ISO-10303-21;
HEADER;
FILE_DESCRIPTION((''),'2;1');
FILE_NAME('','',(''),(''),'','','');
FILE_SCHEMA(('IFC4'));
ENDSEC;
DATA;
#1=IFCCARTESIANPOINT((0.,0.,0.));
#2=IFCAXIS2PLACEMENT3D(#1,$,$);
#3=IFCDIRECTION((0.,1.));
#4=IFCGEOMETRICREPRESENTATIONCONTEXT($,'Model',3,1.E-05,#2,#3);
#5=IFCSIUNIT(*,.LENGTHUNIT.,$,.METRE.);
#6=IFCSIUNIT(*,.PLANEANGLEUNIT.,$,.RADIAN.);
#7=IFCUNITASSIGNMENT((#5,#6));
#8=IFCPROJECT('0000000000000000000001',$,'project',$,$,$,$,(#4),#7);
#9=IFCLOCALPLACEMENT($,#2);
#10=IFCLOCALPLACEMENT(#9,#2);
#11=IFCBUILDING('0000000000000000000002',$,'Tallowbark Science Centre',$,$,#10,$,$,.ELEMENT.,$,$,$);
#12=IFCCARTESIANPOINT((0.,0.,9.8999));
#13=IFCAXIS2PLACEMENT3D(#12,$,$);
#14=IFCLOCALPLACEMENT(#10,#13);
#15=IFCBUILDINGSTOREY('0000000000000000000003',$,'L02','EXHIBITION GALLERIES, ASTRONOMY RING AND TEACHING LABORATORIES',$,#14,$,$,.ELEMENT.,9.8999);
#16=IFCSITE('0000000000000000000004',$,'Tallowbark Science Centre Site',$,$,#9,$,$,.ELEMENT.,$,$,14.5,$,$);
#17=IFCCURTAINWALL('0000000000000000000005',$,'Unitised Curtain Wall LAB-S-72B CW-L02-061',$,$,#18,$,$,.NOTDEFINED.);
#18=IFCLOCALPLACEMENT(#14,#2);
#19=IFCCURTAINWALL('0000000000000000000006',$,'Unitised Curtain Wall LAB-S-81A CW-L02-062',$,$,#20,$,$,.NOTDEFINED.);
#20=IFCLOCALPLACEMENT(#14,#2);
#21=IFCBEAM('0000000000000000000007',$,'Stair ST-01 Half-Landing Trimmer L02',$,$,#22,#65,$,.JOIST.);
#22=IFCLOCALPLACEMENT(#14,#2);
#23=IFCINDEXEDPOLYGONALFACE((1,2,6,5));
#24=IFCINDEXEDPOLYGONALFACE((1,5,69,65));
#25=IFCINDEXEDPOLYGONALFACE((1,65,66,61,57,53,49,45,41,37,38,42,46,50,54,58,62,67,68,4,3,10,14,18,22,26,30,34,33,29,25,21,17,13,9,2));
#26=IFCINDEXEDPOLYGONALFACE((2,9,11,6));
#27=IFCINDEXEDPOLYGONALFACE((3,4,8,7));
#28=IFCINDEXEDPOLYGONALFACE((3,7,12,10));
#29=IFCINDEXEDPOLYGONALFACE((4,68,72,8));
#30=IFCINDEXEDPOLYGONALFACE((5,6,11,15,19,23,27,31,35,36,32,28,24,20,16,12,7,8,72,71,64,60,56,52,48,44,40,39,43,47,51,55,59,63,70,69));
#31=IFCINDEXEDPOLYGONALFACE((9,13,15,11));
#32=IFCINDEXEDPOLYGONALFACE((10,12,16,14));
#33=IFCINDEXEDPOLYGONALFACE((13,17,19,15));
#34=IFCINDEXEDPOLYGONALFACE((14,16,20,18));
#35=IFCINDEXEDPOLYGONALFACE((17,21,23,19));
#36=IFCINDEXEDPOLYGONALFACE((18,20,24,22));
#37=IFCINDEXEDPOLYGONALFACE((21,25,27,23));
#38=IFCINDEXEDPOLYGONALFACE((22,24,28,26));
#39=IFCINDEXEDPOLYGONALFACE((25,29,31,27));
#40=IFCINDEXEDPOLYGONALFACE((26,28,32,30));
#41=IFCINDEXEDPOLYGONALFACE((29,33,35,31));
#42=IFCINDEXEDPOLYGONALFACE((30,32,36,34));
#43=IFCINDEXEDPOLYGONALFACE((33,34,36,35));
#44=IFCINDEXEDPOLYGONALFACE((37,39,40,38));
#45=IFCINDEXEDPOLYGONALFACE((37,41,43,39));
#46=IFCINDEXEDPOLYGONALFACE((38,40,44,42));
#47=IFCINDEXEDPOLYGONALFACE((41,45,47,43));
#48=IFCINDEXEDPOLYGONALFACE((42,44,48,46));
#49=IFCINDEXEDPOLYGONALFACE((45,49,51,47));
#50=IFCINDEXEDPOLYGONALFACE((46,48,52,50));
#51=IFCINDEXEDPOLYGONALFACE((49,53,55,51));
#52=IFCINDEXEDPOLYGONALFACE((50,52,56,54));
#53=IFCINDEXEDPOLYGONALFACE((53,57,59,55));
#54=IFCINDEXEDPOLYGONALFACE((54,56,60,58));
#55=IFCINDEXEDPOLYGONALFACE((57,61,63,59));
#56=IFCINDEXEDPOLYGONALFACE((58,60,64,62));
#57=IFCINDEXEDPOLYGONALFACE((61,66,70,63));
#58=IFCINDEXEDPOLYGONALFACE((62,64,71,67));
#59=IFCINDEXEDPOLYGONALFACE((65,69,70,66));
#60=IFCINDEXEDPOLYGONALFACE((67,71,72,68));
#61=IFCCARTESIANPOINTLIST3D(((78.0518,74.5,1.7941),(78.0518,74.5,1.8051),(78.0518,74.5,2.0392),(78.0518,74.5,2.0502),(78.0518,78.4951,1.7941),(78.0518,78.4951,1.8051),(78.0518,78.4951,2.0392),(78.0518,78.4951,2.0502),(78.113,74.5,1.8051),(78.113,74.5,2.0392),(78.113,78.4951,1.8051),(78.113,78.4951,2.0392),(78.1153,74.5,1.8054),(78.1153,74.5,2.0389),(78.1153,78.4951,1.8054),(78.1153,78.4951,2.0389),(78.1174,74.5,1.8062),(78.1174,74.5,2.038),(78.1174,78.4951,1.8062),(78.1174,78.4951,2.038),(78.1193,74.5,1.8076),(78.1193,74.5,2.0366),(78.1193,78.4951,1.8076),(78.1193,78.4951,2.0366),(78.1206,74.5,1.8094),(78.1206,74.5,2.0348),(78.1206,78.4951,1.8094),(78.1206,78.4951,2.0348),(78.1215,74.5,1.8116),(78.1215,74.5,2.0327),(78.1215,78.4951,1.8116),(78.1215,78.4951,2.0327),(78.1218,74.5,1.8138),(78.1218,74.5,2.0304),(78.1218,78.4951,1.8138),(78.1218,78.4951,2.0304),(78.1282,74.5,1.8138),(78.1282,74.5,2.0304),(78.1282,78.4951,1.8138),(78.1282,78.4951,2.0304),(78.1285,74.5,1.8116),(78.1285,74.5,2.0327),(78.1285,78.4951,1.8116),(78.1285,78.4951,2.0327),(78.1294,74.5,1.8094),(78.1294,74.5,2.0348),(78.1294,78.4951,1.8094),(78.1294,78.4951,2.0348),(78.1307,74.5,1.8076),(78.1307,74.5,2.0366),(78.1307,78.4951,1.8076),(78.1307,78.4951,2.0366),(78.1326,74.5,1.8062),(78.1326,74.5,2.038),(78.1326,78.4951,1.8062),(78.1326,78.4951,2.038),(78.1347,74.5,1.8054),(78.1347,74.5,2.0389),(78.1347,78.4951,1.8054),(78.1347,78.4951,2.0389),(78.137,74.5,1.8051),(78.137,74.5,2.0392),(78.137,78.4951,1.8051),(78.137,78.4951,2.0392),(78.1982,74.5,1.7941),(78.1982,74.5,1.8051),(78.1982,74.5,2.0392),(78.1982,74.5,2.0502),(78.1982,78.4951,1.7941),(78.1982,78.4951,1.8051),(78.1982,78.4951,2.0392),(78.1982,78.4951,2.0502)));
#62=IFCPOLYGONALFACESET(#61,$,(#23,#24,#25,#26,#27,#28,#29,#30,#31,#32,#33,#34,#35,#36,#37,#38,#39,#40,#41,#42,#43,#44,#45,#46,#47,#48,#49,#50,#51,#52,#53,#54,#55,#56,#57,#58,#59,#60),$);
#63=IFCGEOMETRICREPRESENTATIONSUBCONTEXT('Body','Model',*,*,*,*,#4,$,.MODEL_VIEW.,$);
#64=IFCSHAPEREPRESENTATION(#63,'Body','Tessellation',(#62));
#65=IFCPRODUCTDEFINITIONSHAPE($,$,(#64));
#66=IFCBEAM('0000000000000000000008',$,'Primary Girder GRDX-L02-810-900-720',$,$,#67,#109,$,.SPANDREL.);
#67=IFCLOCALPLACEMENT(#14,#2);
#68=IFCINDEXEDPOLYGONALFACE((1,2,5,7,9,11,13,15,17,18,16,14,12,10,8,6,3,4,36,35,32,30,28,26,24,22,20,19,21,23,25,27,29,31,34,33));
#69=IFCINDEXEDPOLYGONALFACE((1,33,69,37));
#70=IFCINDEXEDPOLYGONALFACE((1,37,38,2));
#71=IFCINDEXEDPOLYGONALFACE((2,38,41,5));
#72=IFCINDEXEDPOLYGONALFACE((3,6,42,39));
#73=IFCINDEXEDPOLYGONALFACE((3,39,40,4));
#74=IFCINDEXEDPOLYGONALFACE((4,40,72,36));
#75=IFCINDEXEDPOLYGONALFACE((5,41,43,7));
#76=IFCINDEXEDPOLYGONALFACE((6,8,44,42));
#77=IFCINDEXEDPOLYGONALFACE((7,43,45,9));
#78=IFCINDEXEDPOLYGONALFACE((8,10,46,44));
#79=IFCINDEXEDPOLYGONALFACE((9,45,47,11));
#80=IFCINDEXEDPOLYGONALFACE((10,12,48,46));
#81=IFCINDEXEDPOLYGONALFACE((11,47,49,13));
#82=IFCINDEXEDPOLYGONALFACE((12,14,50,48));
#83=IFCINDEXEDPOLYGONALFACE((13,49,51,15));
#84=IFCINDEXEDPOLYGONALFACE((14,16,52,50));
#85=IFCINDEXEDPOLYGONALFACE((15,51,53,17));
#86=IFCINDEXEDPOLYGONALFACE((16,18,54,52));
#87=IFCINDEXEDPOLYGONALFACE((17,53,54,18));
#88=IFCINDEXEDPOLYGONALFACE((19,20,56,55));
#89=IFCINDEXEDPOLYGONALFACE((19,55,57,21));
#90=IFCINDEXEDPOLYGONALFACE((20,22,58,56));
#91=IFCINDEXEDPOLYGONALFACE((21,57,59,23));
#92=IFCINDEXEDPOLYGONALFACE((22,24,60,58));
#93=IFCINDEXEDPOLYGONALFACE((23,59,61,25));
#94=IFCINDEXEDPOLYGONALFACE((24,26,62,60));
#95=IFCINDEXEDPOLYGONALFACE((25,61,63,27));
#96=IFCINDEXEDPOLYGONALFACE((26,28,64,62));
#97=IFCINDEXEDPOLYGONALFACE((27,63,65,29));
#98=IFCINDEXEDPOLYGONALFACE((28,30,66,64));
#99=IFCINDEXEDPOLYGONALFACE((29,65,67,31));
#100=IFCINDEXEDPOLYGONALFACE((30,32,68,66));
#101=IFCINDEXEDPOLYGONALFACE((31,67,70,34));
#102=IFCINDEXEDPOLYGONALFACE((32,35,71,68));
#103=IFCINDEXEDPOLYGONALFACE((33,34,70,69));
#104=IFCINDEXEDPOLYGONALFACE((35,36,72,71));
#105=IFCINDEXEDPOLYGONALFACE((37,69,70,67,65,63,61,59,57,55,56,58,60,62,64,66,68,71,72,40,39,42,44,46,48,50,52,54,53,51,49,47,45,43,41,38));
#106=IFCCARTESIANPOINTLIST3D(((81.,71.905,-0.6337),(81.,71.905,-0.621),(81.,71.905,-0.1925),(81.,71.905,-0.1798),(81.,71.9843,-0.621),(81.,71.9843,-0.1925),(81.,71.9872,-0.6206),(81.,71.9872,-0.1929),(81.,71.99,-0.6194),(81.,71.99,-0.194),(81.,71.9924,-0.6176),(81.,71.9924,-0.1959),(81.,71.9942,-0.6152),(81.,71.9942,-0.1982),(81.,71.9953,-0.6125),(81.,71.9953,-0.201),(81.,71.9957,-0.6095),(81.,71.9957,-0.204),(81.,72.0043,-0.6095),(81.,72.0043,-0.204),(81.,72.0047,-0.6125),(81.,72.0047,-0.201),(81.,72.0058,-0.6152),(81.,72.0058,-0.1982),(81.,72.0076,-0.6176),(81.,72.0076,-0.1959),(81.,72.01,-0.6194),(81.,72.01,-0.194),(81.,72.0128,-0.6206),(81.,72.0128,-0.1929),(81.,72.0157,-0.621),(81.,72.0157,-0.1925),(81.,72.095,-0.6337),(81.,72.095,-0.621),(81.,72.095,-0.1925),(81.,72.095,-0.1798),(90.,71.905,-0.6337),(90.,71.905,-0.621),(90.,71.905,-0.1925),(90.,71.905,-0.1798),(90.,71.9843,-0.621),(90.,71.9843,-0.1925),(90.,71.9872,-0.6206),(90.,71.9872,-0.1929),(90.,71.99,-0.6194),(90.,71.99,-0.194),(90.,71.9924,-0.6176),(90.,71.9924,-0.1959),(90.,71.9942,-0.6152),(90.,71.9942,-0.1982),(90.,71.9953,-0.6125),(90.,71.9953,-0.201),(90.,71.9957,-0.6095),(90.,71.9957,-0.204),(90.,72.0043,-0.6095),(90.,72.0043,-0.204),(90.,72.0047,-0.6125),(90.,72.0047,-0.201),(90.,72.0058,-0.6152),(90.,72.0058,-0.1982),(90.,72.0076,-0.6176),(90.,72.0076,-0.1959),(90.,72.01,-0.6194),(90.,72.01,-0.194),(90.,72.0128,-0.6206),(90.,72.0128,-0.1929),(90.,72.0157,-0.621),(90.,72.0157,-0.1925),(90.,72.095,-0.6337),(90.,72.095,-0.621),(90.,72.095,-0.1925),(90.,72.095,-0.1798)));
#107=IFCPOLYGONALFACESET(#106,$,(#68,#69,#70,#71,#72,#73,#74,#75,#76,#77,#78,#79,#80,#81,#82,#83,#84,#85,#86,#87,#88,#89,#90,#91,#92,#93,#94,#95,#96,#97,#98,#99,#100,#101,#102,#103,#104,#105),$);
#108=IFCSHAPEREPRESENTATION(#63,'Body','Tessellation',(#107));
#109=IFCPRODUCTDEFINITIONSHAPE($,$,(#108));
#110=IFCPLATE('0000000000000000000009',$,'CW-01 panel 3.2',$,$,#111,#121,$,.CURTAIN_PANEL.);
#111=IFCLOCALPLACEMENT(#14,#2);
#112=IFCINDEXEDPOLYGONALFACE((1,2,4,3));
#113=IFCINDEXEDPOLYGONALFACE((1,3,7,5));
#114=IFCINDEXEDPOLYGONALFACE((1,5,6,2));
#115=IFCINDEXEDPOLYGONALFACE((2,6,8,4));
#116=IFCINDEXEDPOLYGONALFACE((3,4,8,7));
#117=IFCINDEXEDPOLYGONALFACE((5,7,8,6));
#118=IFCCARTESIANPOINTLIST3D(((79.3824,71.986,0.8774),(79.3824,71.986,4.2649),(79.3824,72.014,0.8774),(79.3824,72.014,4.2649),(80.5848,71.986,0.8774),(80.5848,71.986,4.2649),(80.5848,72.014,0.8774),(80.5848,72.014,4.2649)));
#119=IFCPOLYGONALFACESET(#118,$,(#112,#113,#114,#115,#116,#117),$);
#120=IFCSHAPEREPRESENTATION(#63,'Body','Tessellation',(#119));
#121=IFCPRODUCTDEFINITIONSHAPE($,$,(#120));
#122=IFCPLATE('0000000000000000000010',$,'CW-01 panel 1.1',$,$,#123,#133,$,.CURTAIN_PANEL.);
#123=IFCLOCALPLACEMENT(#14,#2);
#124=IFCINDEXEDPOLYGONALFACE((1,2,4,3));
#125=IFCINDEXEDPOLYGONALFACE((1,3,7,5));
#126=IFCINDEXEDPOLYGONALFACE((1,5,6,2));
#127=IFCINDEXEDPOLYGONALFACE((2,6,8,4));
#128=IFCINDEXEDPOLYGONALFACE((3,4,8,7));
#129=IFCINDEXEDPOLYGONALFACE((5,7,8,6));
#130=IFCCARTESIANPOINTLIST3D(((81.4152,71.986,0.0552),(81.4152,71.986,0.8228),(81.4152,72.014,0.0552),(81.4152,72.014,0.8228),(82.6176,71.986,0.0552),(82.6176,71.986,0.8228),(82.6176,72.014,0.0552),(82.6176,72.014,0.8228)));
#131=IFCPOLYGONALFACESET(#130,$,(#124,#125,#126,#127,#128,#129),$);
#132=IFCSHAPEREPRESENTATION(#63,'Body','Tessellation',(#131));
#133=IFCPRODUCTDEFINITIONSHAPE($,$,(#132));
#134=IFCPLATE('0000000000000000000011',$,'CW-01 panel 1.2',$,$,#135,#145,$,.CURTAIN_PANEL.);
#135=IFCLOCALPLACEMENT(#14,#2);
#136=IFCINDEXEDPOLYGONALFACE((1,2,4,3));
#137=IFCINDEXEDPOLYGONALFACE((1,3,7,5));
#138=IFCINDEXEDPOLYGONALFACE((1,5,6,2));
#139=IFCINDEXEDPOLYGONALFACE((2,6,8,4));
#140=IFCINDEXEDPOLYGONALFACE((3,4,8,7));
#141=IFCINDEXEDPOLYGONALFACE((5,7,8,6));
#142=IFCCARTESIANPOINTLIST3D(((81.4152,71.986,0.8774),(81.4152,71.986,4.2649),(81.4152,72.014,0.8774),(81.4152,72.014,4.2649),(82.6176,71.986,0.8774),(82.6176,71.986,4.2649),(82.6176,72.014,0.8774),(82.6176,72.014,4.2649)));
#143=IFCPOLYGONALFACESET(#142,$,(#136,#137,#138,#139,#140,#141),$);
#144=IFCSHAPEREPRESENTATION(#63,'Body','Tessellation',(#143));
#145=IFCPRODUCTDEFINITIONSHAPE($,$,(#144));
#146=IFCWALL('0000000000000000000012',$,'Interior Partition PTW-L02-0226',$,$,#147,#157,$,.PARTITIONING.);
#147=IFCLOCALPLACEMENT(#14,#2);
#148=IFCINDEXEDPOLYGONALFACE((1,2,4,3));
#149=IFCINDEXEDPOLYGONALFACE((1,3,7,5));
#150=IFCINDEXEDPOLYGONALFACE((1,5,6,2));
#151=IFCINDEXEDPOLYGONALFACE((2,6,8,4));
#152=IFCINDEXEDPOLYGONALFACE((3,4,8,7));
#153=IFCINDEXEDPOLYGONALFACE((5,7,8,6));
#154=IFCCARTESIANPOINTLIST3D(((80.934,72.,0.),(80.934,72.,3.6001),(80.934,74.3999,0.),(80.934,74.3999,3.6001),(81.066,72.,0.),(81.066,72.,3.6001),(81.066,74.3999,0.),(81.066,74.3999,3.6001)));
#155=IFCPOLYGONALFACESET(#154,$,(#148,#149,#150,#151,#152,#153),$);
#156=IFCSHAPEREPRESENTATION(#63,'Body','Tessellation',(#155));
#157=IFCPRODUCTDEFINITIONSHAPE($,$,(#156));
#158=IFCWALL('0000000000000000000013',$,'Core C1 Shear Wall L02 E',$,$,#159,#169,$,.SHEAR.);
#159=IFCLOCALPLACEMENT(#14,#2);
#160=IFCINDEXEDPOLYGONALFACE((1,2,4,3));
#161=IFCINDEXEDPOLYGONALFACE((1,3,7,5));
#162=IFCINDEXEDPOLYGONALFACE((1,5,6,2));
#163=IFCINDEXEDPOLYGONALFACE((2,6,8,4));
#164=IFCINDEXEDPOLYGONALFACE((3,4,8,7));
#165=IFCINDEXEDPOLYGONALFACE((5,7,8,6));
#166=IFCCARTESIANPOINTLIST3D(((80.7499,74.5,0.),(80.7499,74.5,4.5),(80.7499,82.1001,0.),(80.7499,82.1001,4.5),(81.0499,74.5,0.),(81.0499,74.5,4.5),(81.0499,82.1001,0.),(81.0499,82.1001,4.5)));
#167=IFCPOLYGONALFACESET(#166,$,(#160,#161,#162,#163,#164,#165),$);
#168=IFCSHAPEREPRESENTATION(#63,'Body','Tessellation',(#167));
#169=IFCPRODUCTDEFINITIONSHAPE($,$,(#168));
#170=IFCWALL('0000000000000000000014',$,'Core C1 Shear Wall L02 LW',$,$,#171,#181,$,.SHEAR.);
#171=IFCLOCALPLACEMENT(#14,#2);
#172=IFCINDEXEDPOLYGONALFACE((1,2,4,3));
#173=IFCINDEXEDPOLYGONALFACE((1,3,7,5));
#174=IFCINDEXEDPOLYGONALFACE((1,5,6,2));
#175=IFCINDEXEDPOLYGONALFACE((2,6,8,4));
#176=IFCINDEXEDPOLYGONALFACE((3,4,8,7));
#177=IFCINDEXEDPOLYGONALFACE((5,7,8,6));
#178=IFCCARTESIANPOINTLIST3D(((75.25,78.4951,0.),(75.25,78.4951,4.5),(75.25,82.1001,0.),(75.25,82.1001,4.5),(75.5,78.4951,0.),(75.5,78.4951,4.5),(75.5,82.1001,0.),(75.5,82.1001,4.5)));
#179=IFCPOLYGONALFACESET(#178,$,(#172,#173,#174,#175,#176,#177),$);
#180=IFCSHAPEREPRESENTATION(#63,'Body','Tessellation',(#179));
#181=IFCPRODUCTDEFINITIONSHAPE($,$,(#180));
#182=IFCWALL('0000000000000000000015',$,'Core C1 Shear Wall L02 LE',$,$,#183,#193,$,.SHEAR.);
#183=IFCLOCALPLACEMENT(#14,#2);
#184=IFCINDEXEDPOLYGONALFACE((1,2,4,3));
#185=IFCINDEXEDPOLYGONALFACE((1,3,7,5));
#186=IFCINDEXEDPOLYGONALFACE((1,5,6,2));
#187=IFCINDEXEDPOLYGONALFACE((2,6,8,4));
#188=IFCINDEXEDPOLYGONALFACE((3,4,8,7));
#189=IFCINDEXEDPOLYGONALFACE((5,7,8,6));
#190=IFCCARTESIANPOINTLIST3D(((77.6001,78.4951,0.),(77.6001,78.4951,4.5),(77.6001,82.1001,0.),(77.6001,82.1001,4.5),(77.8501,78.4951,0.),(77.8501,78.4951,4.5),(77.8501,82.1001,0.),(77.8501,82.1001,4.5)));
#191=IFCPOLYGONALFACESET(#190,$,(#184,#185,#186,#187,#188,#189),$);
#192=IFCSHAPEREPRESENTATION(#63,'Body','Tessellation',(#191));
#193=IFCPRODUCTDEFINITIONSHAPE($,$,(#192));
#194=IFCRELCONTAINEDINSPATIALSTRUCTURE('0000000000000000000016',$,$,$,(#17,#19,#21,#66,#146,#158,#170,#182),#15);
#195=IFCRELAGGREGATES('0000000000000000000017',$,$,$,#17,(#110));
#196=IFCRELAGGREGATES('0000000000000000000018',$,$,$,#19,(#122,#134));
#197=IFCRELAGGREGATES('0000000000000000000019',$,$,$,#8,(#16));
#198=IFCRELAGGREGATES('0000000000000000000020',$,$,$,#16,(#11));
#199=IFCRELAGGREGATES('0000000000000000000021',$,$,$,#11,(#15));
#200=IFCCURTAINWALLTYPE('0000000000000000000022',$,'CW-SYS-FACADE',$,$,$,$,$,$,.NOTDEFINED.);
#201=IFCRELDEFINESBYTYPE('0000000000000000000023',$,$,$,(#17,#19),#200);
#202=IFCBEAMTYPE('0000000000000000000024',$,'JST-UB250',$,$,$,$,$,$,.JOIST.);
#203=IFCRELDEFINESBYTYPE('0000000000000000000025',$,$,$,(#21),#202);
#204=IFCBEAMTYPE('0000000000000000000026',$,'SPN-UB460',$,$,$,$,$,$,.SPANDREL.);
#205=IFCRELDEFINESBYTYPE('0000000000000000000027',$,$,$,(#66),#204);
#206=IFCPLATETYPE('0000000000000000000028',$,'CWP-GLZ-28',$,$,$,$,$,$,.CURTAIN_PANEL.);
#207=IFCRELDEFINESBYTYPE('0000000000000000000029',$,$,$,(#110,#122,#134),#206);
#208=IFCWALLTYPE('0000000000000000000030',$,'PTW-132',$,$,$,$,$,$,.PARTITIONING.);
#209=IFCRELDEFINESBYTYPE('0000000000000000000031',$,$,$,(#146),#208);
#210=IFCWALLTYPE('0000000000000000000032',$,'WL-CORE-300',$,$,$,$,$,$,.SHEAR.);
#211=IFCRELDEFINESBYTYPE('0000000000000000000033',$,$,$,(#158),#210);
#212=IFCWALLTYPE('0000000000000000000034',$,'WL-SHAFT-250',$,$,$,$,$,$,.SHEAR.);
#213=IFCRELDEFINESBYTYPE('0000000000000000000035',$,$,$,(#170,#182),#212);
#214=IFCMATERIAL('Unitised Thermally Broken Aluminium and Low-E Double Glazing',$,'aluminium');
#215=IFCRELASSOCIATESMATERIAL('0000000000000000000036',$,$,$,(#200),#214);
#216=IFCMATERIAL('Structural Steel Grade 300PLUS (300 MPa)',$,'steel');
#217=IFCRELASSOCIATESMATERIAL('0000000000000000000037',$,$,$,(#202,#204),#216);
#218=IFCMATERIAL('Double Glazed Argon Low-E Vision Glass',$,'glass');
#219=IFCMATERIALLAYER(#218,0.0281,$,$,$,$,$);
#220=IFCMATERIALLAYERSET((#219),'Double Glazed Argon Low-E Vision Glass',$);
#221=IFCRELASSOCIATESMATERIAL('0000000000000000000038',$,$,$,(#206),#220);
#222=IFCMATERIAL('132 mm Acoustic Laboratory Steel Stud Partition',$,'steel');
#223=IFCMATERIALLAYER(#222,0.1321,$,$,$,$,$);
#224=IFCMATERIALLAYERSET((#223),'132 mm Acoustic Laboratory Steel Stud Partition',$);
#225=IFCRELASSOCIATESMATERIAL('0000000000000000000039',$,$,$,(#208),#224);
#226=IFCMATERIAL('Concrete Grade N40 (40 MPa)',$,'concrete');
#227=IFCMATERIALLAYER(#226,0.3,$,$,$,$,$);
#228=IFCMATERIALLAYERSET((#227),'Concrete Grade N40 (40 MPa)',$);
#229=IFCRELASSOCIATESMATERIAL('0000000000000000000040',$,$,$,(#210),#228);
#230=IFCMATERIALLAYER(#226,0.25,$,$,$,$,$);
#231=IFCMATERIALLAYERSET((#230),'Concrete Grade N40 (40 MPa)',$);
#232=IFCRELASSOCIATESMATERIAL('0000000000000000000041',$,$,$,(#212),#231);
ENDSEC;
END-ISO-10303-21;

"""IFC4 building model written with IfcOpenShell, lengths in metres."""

from ifc_helpers import new_model, si_unit, direction, frame, frame_2d, origin, origin_2d, place, context, subcontext, project, spatial, rectangle, i_section, extrude, material, layer, layer_set, material_profile, profile_set, type_object, element, aggregate, save


model = new_model("IFC4")

# Units and contexts
model_context = context("Model", 3, precision=1e-05, world=origin(), true_north=direction((0.0, 1.0)))
body_context = subcontext(model_context, "Body", "Model", "MODEL_VIEW")
ifc_project = project(units=[si_unit("LENGTHUNIT", "METRE"), si_unit("PLANEANGLEUNIT", "RADIAN")], contexts=[model_context])

# Site, building, storey
site_placement = place(None, origin())
site = spatial("IfcSite", under=ifc_project, at=site_placement, Name="Tallowbark Science Centre Site", CompositionType="ELEMENT", RefElevation=14.5)
building_placement = place(site_placement, origin())
building = spatial("IfcBuilding", under=site, at=building_placement, Name="Tallowbark Science Centre", CompositionType="ELEMENT")
storey_placement = place(building_placement, frame((0.0, 0.0, 9.8999)))
storey = spatial("IfcBuildingStorey", under=building, at=storey_placement, Name="L02", Description="EXHIBITION GALLERIES, ASTRONOMY RING AND TEACHING LABORATORIES", CompositionType="ELEMENT", Elevation=9.8999)

# Shared definitions
ifc_material_1 = material(Name="Structural Steel Grade 300PLUS (300 MPa)", Category="steel")

# Shared definitions
ifc_material_2 = material(Name="Concrete Grade N40 (40 MPa)", Category="concrete")

# Curtain wall
ifc_material_3 = material(Name="Unitised Thermally Broken Aluminium and Low-E Double Glazing", Category="aluminium")
curtain_wall_type = type_object("IfcCurtainWallType", Name="CW-SYS-FACADE", PredefinedType="NOTDEFINED", material=ifc_material_3)
curtain_wall_1_placement = place(storey_placement, origin())
curtain_wall_1 = element("IfcCurtainWall", 1, at=curtain_wall_1_placement, inside=storey, type_object=curtain_wall_type, Name="Unitised Curtain Wall LAB-S-72B CW-L02-061", PredefinedType="NOTDEFINED")

# Curtain wall
curtain_wall_2_placement = place(storey_placement, origin())
curtain_wall_2 = element("IfcCurtainWall", 2, at=curtain_wall_2_placement, inside=storey, type_object=curtain_wall_type, Name="Unitised Curtain Wall LAB-S-81A CW-L02-062", PredefinedType="NOTDEFINED")

# Beams
ifc_material_profile_1 = material_profile(ifc_material_1, i_section(OverallWidth=0.1465, OverallDepth=0.2561, WebThickness=0.0063, FlangeThickness=0.011, FilletRadius=0.0088, at=origin_2d()), Name="250UB37.3")
ifc_profile_set_1 = profile_set([ifc_material_profile_1], Name="Structural Steel Grade 300PLUS (300 MPa)")
beam_type_1 = type_object("IfcBeamType", Name="JST-UB250", PredefinedType="JOIST", material=ifc_profile_set_1)
beam_1_placement = place(storey_placement, frame((78.125, 74.5, 1.9221), z_axis=(0.0, 1.0, 0.0), x_axis=(-1.0, 0.0, 0.0)))
element("IfcBeam", 3, at=beam_1_placement, inside=storey, type_object=beam_type_1, Name="Stair ST-01 Half-Landing Trimmer L02", PredefinedType="JOIST", context=body_context, shape_type="SweptSolid", body=[
    extrude(i_section(OverallWidth=0.1465, OverallDepth=0.2561, WebThickness=0.0063, FlangeThickness=0.011, FilletRadius=0.0088, at=origin_2d()), origin(), (0.0, 0.0, 1.0), 3.9951),
])
ifc_material_profile_2 = material_profile(ifc_material_1, i_section(OverallWidth=0.1899, OverallDepth=0.4539, WebThickness=0.0085, FlangeThickness=0.0127, FilletRadius=0.0115, at=origin_2d()), Name="460UB67.1")
ifc_profile_set_2 = profile_set([ifc_material_profile_2], Name="Structural Steel Grade 300PLUS (300 MPa)")
beam_type_2 = type_object("IfcBeamType", Name="SPN-UB460", PredefinedType="SPANDREL", material=ifc_profile_set_2)
beam_2_placement = place(storey_placement, frame((81.0, 72.0, -0.4067), z_axis=(1.0, 0.0, 0.0), x_axis=(0.0, 1.0, 0.0)))
element("IfcBeam", 4, at=beam_2_placement, inside=storey, type_object=beam_type_2, Name="Primary Girder GRDX-L02-810-900-720", PredefinedType="SPANDREL", context=body_context, shape_type="SweptSolid", body=[
    extrude(i_section(OverallWidth=0.1899, OverallDepth=0.4539, WebThickness=0.0085, FlangeThickness=0.0127, FilletRadius=0.0115, at=origin_2d()), origin(), (0.0, 0.0, 1.0), 9.0),
])

# Plates
ifc_material_4 = material(Name="Double Glazed Argon Low-E Vision Glass", Category="glass")
ifc_layer_1 = layer(ifc_material_4, 0.0281)
ifc_layer_set_1 = layer_set([ifc_layer_1], Name="Double Glazed Argon Low-E Vision Glass")
plate_type = type_object("IfcPlateType", Name="CWP-GLZ-28", PredefinedType="CURTAIN_PANEL", material=ifc_layer_set_1)
plate_1_placement = place(storey_placement, frame((79.9836, 72.0, 0.8774), z_axis=(0.0, 0.0, 1.0), x_axis=(1.0, 0.0, 0.0)))
plate_1 = element("IfcPlate", 5, at=plate_1_placement, type_object=plate_type, Name="CW-01 panel 3.2", PredefinedType="CURTAIN_PANEL", context=body_context, shape_type="SweptSolid", body=[
    extrude(rectangle(XDim=1.2024, YDim=0.0281, at=origin_2d()), origin(), (0.0, 0.0, 1.0), 3.3875),
])
aggregate(curtain_wall_1, [plate_1])
plate_2_placement = place(storey_placement, frame((82.0164, 72.0, 0.0552), z_axis=(0.0, 0.0, 1.0), x_axis=(1.0, 0.0, 0.0)))
plate_2 = element("IfcPlate", 6, at=plate_2_placement, type_object=plate_type, Name="CW-01 panel 1.1", PredefinedType="CURTAIN_PANEL", context=body_context, shape_type="SweptSolid", body=[
    extrude(rectangle(XDim=1.2024, YDim=0.0281, at=origin_2d()), origin(), (0.0, 0.0, 1.0), 0.7676),
])
plate_3_placement = place(storey_placement, frame((82.0164, 72.0, 0.8774), z_axis=(0.0, 0.0, 1.0), x_axis=(1.0, 0.0, 0.0)))
plate_3 = element("IfcPlate", 7, at=plate_3_placement, type_object=plate_type, Name="CW-01 panel 1.2", PredefinedType="CURTAIN_PANEL", context=body_context, shape_type="SweptSolid", body=[
    extrude(rectangle(XDim=1.2024, YDim=0.0281, at=origin_2d()), origin(), (0.0, 0.0, 1.0), 3.3875),
])
aggregate(curtain_wall_2, [plate_2, plate_3])

# Walls
ifc_material_5 = material(Name="132 mm Acoustic Laboratory Steel Stud Partition", Category="steel")
ifc_layer_2 = layer(ifc_material_5, 0.1321)
ifc_layer_set_2 = layer_set([ifc_layer_2], Name="132 mm Acoustic Laboratory Steel Stud Partition")
wall_type_1 = type_object("IfcWallType", Name="PTW-132", PredefinedType="PARTITIONING", material=ifc_layer_set_2)
wall_1_placement = place(storey_placement, frame((81.0, 72.0, 0.0), z_axis=(0.0, 0.0, 1.0), x_axis=(0.0, 1.0, 0.0)))
element("IfcWall", 8, at=wall_1_placement, inside=storey, type_object=wall_type_1, Name="Interior Partition PTW-L02-0226", PredefinedType="PARTITIONING", context=body_context, shape_type="SweptSolid", body=[
    extrude(rectangle(XDim=2.3999, YDim=0.1321, at=frame_2d((1.2, 0.0))), origin(), (0.0, 0.0, 1.0), 3.6001),
])
ifc_layer_3 = layer(ifc_material_2, 0.3)
ifc_layer_set_3 = layer_set([ifc_layer_3], Name="Concrete Grade N40 (40 MPa)")
wall_type_2 = type_object("IfcWallType", Name="WL-CORE-300", PredefinedType="SHEAR", material=ifc_layer_set_3)
wall_2_placement = place(storey_placement, frame((80.8999, 74.5, 0.0), z_axis=(0.0, 0.0, 1.0), x_axis=(0.0, 1.0, 0.0)))
element("IfcWall", 9, at=wall_2_placement, inside=storey, type_object=wall_type_2, Name="Core C1 Shear Wall L02 E", PredefinedType="SHEAR", context=body_context, shape_type="SweptSolid", body=[
    extrude(rectangle(XDim=7.6001, YDim=0.3, at=frame_2d((3.8, 0.0))), origin(), (0.0, 0.0, 1.0), 4.5),
])
ifc_layer_4 = layer(ifc_material_2, 0.25)
ifc_layer_set_4 = layer_set([ifc_layer_4], Name="Concrete Grade N40 (40 MPa)")
wall_type_3 = type_object("IfcWallType", Name="WL-SHAFT-250", PredefinedType="SHEAR", material=ifc_layer_set_4)
for number, where, z_axis, x_axis, name in (
    (10, (75.375, 78.4951, 0.0), (0.0, 0.0, 1.0), (0.0, 1.0, 0.0), "Core C1 Shear Wall L02 LW"),
    (11, (77.7251, 78.4951, 0.0), (0.0, 0.0, 1.0), (0.0, 1.0, 0.0), "Core C1 Shear Wall L02 LE"),
):
    element("IfcWall", number, at=place(storey_placement, frame(where, z_axis=z_axis, x_axis=x_axis)), inside=storey, type_object=wall_type_3, Name=name, PredefinedType="SHEAR", context=body_context, shape_type="SweptSolid", body=[
        extrude(rectangle(XDim=3.605, YDim=0.25, at=frame_2d((1.8025, 0.0))), origin(), (0.0, 0.0, 1.0), 4.5),
    ])

save(model, "model.ifc")
